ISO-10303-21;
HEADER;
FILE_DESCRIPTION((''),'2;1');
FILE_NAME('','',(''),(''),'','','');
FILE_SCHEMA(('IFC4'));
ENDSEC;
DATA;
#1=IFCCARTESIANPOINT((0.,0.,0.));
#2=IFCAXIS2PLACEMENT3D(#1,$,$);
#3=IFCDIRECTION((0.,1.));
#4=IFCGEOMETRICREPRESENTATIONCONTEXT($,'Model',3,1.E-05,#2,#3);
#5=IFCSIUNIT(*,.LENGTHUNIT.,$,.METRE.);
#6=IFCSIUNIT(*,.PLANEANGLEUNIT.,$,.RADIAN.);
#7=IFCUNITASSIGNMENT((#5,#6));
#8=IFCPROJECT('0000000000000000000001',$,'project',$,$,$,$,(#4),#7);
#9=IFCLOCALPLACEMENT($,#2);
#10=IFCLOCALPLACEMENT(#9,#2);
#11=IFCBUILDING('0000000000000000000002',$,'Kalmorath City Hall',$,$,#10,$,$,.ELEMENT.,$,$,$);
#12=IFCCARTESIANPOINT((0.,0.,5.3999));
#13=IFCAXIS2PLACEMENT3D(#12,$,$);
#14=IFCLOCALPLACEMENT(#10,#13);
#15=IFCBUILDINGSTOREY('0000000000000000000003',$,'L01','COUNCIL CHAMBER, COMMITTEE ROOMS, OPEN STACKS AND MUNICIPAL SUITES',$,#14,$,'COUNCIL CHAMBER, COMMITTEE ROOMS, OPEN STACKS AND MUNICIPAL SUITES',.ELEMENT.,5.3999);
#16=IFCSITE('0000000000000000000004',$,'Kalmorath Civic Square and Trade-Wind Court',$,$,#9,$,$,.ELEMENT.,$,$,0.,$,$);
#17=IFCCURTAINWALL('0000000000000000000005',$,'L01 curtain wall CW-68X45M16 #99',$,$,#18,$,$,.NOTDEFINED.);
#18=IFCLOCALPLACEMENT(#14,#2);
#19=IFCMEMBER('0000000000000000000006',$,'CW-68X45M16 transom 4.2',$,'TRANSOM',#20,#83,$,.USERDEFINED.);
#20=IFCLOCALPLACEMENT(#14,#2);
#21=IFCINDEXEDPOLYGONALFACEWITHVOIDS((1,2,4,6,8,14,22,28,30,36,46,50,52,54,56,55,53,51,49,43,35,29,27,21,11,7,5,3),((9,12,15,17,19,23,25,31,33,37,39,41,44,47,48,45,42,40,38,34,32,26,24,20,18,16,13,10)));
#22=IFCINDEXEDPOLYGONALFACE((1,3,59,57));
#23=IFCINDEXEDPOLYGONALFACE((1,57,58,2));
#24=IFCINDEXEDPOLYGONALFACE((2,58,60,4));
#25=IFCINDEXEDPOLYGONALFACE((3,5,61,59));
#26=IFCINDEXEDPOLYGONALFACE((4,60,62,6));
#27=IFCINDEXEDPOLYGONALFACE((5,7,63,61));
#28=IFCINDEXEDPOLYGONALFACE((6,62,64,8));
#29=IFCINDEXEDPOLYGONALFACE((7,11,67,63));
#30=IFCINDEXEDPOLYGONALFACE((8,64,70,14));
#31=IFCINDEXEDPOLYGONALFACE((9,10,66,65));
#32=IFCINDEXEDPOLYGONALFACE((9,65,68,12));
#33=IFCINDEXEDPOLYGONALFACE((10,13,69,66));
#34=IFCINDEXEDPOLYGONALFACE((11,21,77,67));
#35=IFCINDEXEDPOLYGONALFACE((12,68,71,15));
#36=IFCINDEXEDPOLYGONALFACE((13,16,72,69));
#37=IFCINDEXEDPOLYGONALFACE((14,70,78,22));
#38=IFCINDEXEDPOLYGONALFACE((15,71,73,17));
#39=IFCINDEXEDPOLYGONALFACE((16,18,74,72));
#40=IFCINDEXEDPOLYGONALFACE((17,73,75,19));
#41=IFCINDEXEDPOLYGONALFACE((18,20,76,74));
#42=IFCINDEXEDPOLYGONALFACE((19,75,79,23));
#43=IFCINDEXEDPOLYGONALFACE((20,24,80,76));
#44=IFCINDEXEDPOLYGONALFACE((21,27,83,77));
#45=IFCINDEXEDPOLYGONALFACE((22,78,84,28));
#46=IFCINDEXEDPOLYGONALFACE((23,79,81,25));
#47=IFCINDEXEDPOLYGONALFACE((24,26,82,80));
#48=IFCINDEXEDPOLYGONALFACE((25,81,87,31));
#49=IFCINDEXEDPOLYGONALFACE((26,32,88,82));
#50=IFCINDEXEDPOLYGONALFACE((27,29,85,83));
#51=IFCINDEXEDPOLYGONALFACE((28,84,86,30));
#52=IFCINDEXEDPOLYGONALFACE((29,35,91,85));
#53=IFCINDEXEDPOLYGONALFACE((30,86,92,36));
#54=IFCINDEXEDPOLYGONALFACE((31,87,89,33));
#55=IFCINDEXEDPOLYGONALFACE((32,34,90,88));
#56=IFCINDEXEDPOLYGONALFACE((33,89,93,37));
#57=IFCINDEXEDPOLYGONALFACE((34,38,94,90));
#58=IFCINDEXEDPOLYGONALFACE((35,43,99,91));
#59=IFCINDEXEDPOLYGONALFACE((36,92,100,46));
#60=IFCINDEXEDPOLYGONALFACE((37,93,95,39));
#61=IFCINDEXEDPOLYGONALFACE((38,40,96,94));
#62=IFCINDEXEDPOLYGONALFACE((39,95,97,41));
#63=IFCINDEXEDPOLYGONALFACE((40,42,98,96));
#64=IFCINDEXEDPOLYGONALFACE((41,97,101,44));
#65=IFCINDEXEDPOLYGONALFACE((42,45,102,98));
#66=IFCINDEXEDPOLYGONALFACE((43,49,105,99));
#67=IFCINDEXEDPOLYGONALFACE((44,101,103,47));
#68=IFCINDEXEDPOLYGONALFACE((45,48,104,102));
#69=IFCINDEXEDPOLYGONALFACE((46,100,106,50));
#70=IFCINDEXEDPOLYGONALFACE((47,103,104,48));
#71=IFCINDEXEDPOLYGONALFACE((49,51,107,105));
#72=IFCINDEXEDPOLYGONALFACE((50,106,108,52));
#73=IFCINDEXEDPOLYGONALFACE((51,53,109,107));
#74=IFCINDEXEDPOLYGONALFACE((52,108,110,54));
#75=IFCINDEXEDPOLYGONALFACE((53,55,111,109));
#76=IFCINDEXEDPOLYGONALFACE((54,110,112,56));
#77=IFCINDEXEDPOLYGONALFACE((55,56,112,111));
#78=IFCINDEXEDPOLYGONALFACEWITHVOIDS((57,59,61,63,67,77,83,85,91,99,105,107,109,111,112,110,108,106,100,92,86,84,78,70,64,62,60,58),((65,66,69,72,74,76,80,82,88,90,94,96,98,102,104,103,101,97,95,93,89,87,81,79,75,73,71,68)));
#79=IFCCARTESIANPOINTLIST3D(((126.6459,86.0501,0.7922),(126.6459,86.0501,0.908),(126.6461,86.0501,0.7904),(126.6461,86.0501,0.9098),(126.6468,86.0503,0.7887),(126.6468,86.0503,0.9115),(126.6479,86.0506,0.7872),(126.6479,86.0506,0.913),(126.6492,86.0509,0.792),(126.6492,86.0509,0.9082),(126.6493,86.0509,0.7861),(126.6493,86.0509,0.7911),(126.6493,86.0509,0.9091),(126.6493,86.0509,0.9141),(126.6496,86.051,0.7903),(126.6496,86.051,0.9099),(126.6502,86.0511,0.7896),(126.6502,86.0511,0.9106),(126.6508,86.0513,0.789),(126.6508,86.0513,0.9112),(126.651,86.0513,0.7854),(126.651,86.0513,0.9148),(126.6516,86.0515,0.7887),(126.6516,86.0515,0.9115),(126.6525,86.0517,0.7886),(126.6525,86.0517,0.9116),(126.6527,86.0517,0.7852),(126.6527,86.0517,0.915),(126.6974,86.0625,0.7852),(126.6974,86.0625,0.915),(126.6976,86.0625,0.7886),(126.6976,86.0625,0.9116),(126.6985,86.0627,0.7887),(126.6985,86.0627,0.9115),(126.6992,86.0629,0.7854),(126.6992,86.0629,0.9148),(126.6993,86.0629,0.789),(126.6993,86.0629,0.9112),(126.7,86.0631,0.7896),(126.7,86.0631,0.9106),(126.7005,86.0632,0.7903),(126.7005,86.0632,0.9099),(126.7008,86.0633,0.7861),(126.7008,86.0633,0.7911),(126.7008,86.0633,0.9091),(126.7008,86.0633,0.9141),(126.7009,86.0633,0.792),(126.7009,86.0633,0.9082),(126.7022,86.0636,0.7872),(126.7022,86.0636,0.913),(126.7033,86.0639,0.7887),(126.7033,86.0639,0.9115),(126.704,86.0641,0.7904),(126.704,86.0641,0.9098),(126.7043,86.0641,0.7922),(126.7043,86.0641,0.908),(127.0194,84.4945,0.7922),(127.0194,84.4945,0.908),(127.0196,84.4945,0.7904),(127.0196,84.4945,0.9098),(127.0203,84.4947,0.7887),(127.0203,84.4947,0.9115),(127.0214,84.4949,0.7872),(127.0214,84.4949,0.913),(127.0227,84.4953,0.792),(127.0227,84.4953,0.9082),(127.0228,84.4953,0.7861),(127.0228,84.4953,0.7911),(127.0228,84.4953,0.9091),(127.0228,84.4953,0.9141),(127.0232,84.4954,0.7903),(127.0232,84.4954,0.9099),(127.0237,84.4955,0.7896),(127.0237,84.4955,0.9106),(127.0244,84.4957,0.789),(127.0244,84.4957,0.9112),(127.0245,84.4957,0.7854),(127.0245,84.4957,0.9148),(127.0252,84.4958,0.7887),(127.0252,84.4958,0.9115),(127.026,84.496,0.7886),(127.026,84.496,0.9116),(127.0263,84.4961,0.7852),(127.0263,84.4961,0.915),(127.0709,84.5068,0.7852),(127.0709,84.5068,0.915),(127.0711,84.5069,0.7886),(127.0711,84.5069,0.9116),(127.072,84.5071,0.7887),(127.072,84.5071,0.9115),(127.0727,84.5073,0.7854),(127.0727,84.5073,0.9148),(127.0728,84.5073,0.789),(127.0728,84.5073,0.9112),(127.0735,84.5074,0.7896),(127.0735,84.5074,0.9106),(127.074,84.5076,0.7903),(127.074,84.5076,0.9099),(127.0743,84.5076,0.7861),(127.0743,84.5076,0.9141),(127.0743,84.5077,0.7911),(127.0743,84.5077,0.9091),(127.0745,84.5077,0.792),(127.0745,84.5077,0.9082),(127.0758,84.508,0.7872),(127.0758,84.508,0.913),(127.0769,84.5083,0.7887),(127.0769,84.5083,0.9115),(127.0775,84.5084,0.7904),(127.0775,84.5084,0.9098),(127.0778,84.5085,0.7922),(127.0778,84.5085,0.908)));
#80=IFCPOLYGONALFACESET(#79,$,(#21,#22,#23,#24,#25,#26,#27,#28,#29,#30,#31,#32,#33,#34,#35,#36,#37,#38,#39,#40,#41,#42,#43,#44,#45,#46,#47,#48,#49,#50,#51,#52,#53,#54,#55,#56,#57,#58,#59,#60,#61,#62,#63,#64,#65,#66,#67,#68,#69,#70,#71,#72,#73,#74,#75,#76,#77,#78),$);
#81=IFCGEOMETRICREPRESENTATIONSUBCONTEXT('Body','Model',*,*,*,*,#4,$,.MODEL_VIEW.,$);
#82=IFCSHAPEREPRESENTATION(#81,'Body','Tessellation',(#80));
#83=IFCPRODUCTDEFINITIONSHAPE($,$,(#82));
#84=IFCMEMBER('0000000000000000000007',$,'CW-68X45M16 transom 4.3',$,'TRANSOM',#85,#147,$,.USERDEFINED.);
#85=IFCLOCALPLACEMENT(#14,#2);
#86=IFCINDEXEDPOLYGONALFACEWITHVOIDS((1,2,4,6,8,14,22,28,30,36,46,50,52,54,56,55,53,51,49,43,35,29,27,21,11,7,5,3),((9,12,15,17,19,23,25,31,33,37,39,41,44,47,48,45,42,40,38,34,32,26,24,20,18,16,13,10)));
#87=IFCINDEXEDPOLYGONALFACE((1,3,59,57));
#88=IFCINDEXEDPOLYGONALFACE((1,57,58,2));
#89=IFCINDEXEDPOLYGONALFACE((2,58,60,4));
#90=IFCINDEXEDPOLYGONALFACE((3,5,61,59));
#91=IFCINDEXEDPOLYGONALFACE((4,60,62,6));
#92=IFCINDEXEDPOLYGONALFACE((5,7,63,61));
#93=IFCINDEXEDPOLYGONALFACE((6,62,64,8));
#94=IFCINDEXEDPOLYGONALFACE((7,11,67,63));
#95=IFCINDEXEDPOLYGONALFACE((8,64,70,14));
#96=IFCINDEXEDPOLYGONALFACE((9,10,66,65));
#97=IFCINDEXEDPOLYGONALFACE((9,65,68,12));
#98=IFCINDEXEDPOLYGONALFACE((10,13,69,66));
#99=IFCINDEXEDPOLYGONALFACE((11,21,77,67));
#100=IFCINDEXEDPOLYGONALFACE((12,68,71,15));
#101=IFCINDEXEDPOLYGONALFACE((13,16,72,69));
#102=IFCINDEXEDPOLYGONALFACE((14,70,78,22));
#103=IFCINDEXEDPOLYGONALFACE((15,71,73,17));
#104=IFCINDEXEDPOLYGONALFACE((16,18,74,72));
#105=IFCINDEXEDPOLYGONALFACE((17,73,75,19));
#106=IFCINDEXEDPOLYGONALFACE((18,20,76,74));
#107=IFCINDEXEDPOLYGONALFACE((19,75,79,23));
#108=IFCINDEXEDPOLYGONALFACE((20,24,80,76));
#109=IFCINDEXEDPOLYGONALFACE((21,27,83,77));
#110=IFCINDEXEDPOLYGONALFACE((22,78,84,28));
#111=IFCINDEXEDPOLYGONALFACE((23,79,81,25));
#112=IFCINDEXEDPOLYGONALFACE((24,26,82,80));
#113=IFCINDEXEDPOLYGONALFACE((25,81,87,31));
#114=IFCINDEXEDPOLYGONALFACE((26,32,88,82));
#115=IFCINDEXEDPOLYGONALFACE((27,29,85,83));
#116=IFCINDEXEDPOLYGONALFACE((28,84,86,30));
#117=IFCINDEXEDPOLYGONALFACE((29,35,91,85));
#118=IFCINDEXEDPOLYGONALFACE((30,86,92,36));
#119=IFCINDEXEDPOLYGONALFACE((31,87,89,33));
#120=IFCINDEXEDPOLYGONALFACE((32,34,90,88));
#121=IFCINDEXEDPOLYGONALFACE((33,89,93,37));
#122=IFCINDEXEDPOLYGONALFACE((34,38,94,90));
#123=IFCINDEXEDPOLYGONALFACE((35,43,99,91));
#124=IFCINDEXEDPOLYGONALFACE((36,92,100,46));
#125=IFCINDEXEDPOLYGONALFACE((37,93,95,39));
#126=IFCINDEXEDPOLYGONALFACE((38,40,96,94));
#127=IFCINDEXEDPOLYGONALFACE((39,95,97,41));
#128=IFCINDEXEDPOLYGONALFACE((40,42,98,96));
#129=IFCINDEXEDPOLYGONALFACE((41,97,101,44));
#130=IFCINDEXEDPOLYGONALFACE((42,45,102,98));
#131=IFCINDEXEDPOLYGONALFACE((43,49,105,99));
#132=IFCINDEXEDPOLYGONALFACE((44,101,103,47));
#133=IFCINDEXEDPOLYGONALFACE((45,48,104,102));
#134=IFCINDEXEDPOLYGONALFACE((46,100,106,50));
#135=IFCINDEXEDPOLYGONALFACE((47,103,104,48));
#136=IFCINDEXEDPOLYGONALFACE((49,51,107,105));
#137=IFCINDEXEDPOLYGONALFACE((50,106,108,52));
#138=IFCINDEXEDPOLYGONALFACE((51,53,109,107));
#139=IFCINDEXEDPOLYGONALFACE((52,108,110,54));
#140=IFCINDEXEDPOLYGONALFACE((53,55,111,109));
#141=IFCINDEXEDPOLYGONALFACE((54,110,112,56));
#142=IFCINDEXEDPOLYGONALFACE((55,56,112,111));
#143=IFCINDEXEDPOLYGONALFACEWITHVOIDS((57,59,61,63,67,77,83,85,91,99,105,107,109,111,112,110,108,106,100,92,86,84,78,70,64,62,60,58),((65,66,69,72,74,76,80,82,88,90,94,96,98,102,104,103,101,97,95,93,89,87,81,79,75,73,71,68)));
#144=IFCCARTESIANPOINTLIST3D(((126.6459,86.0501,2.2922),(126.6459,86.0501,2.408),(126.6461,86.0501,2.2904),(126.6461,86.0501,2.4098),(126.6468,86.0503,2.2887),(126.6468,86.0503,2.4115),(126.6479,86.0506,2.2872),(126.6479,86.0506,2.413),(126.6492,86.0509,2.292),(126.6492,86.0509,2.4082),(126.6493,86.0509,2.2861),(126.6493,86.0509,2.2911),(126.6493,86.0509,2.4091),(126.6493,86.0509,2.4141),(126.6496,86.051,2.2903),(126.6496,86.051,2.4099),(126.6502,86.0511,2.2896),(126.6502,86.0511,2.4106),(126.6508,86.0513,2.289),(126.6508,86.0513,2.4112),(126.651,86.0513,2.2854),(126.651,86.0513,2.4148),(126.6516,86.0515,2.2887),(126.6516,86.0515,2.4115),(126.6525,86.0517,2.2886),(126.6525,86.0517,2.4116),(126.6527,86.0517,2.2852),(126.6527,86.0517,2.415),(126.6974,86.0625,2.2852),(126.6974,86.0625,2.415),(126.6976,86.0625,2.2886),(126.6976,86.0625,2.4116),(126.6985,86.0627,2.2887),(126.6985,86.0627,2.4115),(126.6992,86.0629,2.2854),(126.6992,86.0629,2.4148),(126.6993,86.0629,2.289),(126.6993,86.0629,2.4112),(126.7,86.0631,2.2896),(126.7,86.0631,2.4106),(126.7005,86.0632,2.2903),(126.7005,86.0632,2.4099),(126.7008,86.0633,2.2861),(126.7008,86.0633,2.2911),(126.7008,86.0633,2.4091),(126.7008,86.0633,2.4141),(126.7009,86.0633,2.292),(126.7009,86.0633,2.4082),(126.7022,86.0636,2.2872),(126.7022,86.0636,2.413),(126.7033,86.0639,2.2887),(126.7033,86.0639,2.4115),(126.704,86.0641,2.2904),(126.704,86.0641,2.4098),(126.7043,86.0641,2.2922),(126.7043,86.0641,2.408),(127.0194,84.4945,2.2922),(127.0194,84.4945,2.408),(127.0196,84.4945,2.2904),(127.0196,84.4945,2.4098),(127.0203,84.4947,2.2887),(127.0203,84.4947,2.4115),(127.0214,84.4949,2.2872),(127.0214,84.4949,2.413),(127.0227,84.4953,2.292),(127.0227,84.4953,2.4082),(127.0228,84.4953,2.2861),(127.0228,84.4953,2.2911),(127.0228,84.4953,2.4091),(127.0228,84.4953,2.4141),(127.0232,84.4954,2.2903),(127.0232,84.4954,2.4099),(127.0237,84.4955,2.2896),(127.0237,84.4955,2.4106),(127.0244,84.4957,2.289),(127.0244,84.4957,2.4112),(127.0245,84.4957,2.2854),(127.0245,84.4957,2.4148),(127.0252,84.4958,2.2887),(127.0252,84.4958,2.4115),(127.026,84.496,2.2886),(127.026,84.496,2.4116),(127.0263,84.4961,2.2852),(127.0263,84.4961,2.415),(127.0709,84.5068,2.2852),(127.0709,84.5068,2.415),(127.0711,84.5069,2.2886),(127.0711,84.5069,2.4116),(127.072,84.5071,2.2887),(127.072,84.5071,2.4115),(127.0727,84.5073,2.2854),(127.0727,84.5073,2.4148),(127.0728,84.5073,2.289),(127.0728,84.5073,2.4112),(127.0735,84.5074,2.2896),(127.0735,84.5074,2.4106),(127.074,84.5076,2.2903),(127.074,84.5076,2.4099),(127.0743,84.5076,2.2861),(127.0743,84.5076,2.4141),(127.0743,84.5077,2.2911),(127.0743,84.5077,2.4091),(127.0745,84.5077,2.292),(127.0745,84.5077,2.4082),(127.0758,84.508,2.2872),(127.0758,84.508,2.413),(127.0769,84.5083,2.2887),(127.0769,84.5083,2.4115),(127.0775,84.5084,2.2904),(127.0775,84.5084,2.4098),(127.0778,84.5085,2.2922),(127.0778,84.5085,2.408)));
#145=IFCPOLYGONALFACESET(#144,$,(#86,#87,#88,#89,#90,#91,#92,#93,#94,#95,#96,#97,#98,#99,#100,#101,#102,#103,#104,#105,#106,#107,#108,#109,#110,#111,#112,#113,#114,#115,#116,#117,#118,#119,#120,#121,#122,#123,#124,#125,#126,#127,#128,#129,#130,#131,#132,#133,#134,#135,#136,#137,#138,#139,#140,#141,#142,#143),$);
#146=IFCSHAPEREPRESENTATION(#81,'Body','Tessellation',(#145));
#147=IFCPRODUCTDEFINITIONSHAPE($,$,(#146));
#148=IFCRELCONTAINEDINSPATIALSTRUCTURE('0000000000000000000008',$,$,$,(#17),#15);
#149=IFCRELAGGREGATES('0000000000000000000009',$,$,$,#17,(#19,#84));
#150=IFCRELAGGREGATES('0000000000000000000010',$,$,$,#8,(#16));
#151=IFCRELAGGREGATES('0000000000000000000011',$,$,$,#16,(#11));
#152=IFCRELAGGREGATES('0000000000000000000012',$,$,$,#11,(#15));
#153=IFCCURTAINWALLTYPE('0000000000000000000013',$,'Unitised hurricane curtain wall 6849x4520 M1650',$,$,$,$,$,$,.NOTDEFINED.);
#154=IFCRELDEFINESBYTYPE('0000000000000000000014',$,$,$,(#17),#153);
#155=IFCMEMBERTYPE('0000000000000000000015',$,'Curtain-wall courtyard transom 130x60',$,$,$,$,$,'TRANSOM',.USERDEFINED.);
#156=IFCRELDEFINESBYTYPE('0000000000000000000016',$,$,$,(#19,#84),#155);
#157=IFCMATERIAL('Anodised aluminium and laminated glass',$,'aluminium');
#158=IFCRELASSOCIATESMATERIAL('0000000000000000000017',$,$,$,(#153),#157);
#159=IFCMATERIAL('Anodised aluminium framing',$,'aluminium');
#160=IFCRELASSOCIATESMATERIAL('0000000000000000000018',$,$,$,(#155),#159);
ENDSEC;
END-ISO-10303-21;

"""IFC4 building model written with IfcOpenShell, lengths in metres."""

from ifc_helpers import new_model, si_unit, direction, frame, origin, origin_2d, place, context, subcontext, project, spatial, hollow_rectangle, extrude, material, material_profile, profile_set, type_object, element, aggregate, save


model = new_model("IFC4")

# Units and contexts
model_context = context("Model", 3, precision=1e-05, world=origin(), true_north=direction((0.0, 1.0)))
body_context = subcontext(model_context, "Body", "Model", "MODEL_VIEW")
ifc_project = project(units=[si_unit("LENGTHUNIT", "METRE"), si_unit("PLANEANGLEUNIT", "RADIAN")], contexts=[model_context])

# Site, building, storey
site_placement = place(None, origin())
site = spatial("IfcSite", under=ifc_project, at=site_placement, Name="Kalmorath Civic Square and Trade-Wind Court", CompositionType="ELEMENT", RefElevation=0.0)
building_placement = place(site_placement, origin())
building = spatial("IfcBuilding", under=site, at=building_placement, Name="Kalmorath City Hall", CompositionType="ELEMENT")
storey_placement = place(building_placement, frame((0.0, 0.0, 5.3999)))
storey = spatial("IfcBuildingStorey", under=building, at=storey_placement, Name="L01", Description="COUNCIL CHAMBER, COMMITTEE ROOMS, OPEN STACKS AND MUNICIPAL SUITES", LongName="COUNCIL CHAMBER, COMMITTEE ROOMS, OPEN STACKS AND MUNICIPAL SUITES", CompositionType="ELEMENT", Elevation=5.3999)

# Curtain wall, members
ifc_material_1 = material(Name="Anodised aluminium and laminated glass", Category="aluminium")
curtain_wall_type_1 = type_object("IfcCurtainWallType", Name="Unitised hurricane curtain wall 6849x4520 M1650", PredefinedType="NOTDEFINED", material=ifc_material_1)
curtain_wall_1_placement = place(storey_placement, origin())
curtain_wall_1 = element("IfcCurtainWall", 1, at=curtain_wall_1_placement, inside=storey, type_object=curtain_wall_type_1, Name="L01 curtain wall CW-68X45M16 #99", PredefinedType="NOTDEFINED")
ifc_material_2 = material(Name="Anodised aluminium framing", Category="aluminium")
ifc_material_profile_1 = material_profile(ifc_material_2, hollow_rectangle(XDim=0.0601, YDim=0.1299, WallThickness=0.0034, InnerFilletRadius=0.0034, OuterFilletRadius=0.0071, at=origin_2d()), Name="ALU-TRN-130X60X3.5")
ifc_profile_set_1 = profile_set([ifc_material_profile_1], Name="Anodised aluminium framing")
member_type_1 = type_object("IfcMemberType", Name="Curtain-wall courtyard transom 130x60", ElementType="TRANSOM", PredefinedType="USERDEFINED", material=ifc_profile_set_1)
member_1_placement = place(storey_placement, frame((127.0486, 84.5015, 0.8501), z_axis=(-0.233477, 0.972362, 0.0), x_axis=(-0.972362, -0.233477, 0.0)))
member_1 = element("IfcMember", 2, at=member_1_placement, type_object=member_type_1, Name="CW-68X45M16 transom 4.2", ObjectType="TRANSOM", PredefinedType="USERDEFINED", context=body_context, shape_type="SweptSolid", body=[
    extrude(hollow_rectangle(XDim=0.0601, YDim=0.1299, WallThickness=0.0034, InnerFilletRadius=0.0034, OuterFilletRadius=0.0071, at=origin_2d()), origin(), (0.0, 0.0, 1.0), 1.5999),
])
member_2_placement = place(storey_placement, frame((127.0486, 84.5015, 2.3501), z_axis=(-0.233477, 0.972362, 0.0), x_axis=(-0.972362, -0.233477, 0.0)))
member_2 = element("IfcMember", 3, at=member_2_placement, type_object=member_type_1, Name="CW-68X45M16 transom 4.3", ObjectType="TRANSOM", PredefinedType="USERDEFINED", context=body_context, shape_type="SweptSolid", body=[
    extrude(hollow_rectangle(XDim=0.0601, YDim=0.1299, WallThickness=0.0034, InnerFilletRadius=0.0034, OuterFilletRadius=0.0071, at=origin_2d()), origin(), (0.0, 0.0, 1.0), 1.5999),
])

aggregate(curtain_wall_1, [member_1, member_2])

save(model, "model.ifc")
